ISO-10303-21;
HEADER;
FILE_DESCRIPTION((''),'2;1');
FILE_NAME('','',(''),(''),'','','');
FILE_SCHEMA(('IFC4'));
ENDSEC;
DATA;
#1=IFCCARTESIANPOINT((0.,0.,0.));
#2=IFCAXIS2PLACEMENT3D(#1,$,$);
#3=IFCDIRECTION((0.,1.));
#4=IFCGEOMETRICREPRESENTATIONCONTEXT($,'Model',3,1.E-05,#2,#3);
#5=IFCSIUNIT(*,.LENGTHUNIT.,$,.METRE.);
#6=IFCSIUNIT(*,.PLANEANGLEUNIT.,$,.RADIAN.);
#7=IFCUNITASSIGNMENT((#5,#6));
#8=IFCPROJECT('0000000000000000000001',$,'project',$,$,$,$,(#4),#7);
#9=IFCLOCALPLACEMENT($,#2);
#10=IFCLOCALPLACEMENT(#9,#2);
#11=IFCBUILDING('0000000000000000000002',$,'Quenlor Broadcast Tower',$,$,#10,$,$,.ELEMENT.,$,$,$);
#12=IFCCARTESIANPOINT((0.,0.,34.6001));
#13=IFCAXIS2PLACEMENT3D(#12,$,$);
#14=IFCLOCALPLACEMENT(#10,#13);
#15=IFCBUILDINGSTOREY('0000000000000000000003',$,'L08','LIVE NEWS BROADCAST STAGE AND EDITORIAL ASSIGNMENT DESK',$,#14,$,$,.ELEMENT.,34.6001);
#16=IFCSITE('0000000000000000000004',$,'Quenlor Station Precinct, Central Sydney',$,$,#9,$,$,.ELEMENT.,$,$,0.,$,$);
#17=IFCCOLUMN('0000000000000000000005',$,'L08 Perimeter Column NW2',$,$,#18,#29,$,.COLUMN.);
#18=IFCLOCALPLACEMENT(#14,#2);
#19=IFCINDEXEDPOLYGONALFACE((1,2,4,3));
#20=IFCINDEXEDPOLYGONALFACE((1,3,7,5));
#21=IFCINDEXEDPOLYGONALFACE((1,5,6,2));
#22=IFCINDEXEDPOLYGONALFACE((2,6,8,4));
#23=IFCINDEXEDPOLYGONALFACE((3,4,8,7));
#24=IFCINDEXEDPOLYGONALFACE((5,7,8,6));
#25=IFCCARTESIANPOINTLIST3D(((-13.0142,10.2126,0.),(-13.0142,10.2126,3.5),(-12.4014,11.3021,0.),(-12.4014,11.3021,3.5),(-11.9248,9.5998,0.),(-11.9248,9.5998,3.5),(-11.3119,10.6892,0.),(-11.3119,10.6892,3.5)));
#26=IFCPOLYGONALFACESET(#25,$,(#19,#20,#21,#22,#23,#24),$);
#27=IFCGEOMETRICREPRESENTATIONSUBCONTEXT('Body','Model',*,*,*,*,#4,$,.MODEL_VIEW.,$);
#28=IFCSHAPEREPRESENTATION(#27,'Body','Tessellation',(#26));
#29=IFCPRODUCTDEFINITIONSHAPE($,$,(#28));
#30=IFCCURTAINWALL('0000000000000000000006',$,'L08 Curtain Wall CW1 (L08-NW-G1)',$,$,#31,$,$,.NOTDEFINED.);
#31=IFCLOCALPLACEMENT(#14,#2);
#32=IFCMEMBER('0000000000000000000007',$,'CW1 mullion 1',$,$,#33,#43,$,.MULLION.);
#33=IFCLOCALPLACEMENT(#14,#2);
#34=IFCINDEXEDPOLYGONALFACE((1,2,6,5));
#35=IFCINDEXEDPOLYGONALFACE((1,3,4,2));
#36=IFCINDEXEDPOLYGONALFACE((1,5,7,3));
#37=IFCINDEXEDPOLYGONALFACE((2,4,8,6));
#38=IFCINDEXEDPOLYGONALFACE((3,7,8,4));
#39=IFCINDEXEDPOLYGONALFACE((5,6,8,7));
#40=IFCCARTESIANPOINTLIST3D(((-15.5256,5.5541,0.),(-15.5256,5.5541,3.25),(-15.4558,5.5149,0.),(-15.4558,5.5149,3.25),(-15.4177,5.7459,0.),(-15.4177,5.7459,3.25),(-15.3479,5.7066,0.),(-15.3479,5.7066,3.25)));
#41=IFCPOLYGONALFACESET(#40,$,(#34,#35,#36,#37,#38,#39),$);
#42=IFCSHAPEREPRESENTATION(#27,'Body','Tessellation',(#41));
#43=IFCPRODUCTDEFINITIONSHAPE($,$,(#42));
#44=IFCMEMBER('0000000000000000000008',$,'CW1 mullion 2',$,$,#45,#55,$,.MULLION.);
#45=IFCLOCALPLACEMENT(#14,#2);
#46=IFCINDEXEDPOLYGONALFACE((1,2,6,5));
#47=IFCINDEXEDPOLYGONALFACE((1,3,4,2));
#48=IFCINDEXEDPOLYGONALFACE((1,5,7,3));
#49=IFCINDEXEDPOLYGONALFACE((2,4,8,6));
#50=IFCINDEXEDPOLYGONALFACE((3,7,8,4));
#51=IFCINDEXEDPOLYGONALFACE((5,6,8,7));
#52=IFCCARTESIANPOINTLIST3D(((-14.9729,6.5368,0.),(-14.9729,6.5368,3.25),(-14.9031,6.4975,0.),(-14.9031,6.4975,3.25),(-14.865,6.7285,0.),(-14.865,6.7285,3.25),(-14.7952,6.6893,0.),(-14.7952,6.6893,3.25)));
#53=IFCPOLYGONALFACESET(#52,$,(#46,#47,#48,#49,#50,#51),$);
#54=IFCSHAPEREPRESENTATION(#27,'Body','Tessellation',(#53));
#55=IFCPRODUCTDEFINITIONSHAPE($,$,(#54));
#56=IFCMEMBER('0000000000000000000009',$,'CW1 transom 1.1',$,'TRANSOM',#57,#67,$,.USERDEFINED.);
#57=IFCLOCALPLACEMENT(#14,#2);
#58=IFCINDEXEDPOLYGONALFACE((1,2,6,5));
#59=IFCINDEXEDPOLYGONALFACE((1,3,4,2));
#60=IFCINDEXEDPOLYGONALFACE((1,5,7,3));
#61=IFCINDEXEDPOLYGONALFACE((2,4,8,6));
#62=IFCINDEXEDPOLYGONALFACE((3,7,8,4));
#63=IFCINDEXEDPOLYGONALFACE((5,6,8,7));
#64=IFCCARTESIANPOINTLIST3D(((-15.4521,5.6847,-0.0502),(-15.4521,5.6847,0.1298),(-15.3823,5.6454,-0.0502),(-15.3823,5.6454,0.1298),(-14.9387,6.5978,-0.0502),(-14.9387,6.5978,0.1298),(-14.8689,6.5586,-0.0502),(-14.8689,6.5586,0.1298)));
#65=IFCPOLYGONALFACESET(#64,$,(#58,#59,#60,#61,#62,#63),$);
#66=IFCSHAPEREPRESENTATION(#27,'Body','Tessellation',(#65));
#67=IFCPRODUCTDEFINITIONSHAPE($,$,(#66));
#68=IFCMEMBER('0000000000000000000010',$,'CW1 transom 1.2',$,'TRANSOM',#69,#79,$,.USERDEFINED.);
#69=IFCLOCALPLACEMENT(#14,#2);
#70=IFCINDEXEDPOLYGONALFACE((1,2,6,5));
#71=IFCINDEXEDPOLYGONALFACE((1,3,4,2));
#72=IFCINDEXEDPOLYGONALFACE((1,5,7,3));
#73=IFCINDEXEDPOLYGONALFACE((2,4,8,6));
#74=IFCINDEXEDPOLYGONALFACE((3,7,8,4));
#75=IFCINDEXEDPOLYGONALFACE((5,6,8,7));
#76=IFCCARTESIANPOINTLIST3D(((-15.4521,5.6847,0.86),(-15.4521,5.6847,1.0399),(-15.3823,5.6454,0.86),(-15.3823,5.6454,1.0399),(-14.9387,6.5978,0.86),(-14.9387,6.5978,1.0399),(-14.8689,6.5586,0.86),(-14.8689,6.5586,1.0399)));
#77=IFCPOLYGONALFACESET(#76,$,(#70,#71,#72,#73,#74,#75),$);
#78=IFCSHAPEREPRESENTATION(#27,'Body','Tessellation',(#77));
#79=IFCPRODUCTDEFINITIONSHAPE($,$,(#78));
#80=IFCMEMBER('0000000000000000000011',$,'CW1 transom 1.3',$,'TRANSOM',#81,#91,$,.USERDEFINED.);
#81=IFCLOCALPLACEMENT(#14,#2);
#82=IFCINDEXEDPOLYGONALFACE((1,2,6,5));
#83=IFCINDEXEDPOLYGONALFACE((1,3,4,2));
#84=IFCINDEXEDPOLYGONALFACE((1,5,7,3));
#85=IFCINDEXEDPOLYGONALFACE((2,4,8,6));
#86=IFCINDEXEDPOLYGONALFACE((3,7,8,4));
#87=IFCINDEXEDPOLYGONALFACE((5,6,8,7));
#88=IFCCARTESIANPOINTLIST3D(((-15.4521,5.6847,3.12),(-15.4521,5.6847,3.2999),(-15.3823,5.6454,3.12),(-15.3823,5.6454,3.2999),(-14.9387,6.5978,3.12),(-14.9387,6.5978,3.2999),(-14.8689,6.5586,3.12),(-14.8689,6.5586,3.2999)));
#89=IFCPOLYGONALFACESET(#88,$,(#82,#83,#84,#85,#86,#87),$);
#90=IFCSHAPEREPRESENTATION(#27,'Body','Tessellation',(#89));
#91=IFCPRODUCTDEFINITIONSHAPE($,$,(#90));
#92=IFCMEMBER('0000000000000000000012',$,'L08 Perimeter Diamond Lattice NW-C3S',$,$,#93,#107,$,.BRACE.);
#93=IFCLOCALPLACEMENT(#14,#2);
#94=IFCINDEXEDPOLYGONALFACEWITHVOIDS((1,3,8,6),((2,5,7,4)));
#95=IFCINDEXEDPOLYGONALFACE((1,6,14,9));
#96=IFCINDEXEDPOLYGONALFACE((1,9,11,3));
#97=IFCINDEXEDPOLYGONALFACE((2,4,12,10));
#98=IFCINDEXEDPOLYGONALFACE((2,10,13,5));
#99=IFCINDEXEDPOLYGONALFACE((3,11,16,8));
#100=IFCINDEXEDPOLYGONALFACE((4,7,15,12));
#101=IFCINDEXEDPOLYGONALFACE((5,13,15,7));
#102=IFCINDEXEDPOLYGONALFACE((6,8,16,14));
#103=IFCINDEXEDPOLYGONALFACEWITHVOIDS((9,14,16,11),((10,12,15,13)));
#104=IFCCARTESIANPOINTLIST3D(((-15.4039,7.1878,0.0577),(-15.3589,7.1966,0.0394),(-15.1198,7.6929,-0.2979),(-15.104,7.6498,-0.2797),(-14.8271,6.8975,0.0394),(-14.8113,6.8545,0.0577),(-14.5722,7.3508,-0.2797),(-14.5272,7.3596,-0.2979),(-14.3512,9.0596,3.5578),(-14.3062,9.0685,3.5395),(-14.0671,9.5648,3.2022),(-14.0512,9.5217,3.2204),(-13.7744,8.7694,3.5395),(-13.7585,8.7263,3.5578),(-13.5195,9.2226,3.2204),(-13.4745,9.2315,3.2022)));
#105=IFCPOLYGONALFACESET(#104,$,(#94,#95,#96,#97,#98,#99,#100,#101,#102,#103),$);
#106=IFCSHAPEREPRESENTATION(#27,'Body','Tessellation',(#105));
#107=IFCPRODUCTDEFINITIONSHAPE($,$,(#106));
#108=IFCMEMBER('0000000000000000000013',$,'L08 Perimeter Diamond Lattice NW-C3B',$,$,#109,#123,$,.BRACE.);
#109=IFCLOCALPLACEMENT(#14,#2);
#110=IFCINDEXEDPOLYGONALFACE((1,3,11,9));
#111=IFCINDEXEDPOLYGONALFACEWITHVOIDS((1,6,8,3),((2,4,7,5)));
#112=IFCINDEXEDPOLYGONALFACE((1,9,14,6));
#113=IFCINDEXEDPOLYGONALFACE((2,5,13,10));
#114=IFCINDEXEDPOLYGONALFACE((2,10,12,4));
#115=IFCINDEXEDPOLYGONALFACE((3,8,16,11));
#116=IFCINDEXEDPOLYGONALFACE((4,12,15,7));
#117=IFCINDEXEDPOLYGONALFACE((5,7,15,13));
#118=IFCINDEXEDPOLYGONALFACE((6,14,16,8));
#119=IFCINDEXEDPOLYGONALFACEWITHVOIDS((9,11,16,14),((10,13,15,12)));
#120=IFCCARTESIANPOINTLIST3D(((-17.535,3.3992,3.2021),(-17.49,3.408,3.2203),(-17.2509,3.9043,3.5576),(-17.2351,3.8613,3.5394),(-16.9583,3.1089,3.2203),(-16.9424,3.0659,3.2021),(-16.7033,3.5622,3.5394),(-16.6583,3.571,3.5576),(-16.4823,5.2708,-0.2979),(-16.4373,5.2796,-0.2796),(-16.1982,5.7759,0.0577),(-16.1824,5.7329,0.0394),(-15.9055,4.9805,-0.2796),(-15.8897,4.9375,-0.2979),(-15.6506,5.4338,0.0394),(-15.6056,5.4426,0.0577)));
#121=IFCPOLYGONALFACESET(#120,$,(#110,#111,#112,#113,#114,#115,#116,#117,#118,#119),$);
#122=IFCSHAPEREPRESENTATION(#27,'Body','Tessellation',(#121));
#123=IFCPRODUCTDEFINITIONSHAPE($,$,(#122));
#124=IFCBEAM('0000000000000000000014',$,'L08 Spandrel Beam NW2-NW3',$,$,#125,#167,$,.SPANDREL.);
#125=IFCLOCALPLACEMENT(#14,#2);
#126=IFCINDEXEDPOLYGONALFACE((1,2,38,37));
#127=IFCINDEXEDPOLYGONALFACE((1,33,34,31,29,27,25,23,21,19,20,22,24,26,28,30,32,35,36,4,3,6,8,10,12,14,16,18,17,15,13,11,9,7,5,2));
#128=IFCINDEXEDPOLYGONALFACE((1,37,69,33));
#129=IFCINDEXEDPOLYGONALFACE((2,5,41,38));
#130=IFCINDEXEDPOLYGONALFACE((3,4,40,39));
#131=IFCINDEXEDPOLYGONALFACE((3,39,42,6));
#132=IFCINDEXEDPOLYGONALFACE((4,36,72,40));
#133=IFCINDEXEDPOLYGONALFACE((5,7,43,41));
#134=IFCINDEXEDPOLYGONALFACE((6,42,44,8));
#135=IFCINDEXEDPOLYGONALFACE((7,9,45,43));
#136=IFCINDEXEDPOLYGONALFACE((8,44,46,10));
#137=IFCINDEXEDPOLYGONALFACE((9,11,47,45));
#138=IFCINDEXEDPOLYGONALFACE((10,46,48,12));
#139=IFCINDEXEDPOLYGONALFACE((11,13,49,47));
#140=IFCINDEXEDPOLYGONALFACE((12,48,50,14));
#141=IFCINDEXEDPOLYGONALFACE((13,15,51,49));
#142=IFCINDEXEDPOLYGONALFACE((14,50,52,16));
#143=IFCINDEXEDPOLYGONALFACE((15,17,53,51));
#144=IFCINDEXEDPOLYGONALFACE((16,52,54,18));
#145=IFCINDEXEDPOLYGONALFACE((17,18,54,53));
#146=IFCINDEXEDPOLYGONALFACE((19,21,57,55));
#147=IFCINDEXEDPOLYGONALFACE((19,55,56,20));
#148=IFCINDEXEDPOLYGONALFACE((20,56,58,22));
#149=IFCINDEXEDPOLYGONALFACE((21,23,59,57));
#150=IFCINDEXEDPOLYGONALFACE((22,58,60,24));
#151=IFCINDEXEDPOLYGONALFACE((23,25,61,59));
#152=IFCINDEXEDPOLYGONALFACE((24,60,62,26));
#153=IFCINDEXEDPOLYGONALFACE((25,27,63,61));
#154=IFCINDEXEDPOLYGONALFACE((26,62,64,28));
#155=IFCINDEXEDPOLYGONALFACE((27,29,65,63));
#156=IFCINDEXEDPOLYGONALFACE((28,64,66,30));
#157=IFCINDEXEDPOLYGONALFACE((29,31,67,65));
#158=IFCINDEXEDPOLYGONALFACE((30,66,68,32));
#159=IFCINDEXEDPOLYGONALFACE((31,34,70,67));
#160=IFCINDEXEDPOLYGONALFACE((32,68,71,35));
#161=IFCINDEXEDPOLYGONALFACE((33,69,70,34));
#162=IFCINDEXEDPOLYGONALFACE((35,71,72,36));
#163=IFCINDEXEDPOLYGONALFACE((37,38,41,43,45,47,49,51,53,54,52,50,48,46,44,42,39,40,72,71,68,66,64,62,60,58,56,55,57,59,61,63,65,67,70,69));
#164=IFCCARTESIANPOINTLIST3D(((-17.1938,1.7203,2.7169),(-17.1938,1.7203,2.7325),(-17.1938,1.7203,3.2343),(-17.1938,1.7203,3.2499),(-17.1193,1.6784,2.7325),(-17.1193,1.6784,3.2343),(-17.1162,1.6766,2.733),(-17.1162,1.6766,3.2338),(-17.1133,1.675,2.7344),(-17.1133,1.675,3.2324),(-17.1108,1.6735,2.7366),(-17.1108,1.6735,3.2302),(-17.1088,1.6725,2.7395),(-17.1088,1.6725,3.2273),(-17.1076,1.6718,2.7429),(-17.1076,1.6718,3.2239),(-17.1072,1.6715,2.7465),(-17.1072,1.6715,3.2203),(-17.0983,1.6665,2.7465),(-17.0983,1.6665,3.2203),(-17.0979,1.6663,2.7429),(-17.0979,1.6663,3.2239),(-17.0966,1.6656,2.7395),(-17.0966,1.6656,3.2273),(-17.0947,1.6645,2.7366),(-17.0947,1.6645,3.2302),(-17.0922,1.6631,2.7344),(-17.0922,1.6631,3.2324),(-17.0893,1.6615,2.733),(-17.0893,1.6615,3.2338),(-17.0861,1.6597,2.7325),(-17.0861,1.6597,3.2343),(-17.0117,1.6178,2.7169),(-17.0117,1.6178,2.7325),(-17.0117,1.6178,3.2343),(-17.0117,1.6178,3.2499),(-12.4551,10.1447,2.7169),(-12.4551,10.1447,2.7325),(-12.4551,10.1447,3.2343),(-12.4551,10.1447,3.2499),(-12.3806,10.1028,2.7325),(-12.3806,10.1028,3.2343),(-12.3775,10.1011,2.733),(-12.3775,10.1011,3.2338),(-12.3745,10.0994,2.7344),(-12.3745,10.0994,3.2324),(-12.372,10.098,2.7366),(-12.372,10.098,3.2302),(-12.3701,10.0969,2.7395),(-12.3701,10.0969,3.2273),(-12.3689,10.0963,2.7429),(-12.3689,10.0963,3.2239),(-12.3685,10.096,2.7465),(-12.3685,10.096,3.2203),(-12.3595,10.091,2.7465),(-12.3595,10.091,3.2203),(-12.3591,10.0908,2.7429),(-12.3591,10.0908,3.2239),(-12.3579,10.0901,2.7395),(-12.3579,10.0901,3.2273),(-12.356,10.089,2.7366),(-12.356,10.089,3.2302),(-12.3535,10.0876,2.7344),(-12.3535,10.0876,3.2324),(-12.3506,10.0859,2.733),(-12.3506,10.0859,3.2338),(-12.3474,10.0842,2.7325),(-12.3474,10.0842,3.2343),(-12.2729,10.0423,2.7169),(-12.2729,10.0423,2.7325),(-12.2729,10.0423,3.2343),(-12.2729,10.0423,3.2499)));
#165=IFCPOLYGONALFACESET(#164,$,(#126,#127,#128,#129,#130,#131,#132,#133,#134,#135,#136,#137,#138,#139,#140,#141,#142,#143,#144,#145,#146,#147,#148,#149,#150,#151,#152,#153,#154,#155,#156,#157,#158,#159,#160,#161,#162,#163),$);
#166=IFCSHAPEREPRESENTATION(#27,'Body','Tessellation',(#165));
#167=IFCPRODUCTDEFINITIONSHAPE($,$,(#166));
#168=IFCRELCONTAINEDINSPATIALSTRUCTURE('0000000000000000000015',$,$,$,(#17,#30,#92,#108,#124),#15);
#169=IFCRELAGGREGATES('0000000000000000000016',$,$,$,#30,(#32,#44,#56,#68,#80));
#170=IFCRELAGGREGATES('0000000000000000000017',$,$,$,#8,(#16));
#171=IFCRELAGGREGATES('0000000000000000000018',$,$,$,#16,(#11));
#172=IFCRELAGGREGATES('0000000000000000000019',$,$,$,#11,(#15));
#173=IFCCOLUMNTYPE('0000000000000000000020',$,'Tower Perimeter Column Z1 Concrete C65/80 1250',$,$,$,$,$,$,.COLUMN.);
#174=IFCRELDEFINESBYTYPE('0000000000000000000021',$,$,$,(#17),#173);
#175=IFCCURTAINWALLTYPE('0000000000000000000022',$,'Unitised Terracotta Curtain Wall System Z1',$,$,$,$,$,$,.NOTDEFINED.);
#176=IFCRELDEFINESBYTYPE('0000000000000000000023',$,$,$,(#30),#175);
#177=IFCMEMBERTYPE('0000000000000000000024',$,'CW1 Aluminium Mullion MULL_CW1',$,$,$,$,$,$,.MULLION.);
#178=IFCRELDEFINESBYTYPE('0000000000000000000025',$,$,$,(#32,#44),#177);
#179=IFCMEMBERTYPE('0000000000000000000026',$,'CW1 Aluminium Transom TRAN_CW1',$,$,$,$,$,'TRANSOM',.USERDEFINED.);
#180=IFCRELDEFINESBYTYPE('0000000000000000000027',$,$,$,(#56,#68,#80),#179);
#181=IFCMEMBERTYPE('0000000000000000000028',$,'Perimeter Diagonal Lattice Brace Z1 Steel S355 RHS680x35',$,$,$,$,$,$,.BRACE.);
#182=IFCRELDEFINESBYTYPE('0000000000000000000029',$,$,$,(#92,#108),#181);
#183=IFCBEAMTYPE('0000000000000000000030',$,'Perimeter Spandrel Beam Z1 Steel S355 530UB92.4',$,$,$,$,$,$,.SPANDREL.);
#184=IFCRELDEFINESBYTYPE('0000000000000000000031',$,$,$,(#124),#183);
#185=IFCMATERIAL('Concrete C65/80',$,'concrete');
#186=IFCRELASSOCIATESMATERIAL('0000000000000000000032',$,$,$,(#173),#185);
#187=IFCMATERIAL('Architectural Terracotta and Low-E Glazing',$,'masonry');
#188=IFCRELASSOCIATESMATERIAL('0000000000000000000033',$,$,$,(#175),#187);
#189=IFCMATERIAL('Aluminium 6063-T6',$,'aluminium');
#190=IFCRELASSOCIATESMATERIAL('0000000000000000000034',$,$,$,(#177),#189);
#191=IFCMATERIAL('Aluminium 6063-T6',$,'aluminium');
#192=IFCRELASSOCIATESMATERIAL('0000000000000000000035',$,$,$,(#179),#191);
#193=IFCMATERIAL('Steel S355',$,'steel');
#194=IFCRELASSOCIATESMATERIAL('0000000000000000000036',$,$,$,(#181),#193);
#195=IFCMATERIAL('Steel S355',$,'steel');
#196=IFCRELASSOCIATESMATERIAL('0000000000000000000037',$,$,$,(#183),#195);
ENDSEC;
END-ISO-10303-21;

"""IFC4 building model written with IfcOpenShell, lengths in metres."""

from ifc_helpers import new_model, si_unit, direction, frame, origin, origin_2d, place, context, subcontext, project, spatial, rectangle, hollow_rectangle, i_section, extrude, material, material_profile, profile_set, type_object, element, aggregate, save


model = new_model("IFC4")

# Units and contexts
model_context = context("Model", 3, precision=1e-05, world=origin(), true_north=direction((0.0, 1.0)))
body_context = subcontext(model_context, "Body", "Model", "MODEL_VIEW")
ifc_project = project(units=[si_unit("LENGTHUNIT", "METRE"), si_unit("PLANEANGLEUNIT", "RADIAN")], contexts=[model_context])

# Site, building, storey
site_placement = place(None, origin())
site = spatial("IfcSite", under=ifc_project, at=site_placement, Name="Quenlor Station Precinct, Central Sydney", CompositionType="ELEMENT", RefElevation=0.0)
building_placement = place(site_placement, origin())
building = spatial("IfcBuilding", under=site, at=building_placement, Name="Quenlor Broadcast Tower", CompositionType="ELEMENT")
storey_placement = place(building_placement, frame((0.0, 0.0, 34.6001)))
storey = spatial("IfcBuildingStorey", under=building, at=storey_placement, Name="L08", Description="LIVE NEWS BROADCAST STAGE AND EDITORIAL ASSIGNMENT DESK", CompositionType="ELEMENT", Elevation=34.6001)

# Column
ifc_material_1 = material(Name="Concrete C65/80", Category="concrete")
ifc_material_profile_1 = material_profile(ifc_material_1, rectangle(XDim=1.25, YDim=1.25, at=origin_2d()))
ifc_profile_set_1 = profile_set([ifc_material_profile_1], Name="Concrete C65/80 RC1250x1250")
column_type = type_object("IfcColumnType", Name="Tower Perimeter Column Z1 Concrete C65/80 1250", PredefinedType="COLUMN", material=ifc_profile_set_1)
column_placement = place(storey_placement, frame((-12.1631, 10.4509, 0.0), z_axis=(0.0, 0.0, 1.0), x_axis=(-0.871575, 0.490262, 0.0)))
element("IfcColumn", 1, at=column_placement, inside=storey, type_object=column_type, Name="L08 Perimeter Column NW2", PredefinedType="COLUMN", context=body_context, shape_type="SweptSolid", body=[
    extrude(rectangle(XDim=1.25, YDim=1.25, at=origin_2d()), origin(), (0.0, 0.0, 1.0), 3.5),
])

# Curtain wall, members
ifc_material_2 = material(Name="Architectural Terracotta and Low-E Glazing", Category="masonry")
curtain_wall_type = type_object("IfcCurtainWallType", Name="Unitised Terracotta Curtain Wall System Z1", PredefinedType="NOTDEFINED", material=ifc_material_2)
curtain_wall_placement = place(storey_placement, origin())
curtain_wall = element("IfcCurtainWall", 2, at=curtain_wall_placement, inside=storey, type_object=curtain_wall_type, Name="L08 Curtain Wall CW1 (L08-NW-G1)", PredefinedType="NOTDEFINED")
ifc_material_3 = material(Name="Aluminium 6063-T6", Category="aluminium")
ifc_material_profile_2 = material_profile(ifc_material_3, rectangle(XDim=0.0801, YDim=0.22, at=origin_2d()))
ifc_profile_set_2 = profile_set([ifc_material_profile_2], Name="Aluminium 6063-T6 MULL80x220")
member_type_1 = type_object("IfcMemberType", Name="CW1 Aluminium Mullion MULL_CW1", PredefinedType="MULLION", material=ifc_profile_set_2)
member_1_placement = place(storey_placement, frame((-15.4368, 5.6304, 0.0), z_axis=(0.0, 0.0, 1.0), x_axis=(-0.871567, 0.490277, 0.0)))
member_1 = element("IfcMember", 3, at=member_1_placement, type_object=member_type_1, Name="CW1 mullion 1", PredefinedType="MULLION", context=body_context, shape_type="SweptSolid", body=[
    extrude(rectangle(XDim=0.0801, YDim=0.22, at=origin_2d()), origin(), (0.0, 0.0, 1.0), 3.25),
])
member_2_placement = place(storey_placement, frame((-14.884, 6.613, 0.0), z_axis=(0.0, 0.0, 1.0), x_axis=(-0.871567, 0.490277, 0.0)))
member_2 = element("IfcMember", 4, at=member_2_placement, type_object=member_type_1, Name="CW1 mullion 2", PredefinedType="MULLION", context=body_context, shape_type="SweptSolid", body=[
    extrude(rectangle(XDim=0.0801, YDim=0.22, at=origin_2d()), origin(), (0.0, 0.0, 1.0), 3.25),
])
ifc_material_4 = material(Name="Aluminium 6063-T6", Category="aluminium")
ifc_material_profile_3 = material_profile(ifc_material_4, rectangle(XDim=0.0801, YDim=0.1799, at=origin_2d()))
ifc_profile_set_3 = profile_set([ifc_material_profile_3], Name="Aluminium 6063-T6 TRAN80x180")
member_type_2 = type_object("IfcMemberType", Name="CW1 Aluminium Transom TRAN_CW1", ElementType="TRANSOM", PredefinedType="USERDEFINED", material=ifc_profile_set_3)
member_3_placement = place(storey_placement, frame((-15.4172, 5.665, 0.0398), z_axis=(0.490128, 0.87165, 0.0), x_axis=(-0.87165, 0.490128, 0.0)))
member_3 = element("IfcMember", 5, at=member_3_placement, type_object=member_type_2, Name="CW1 transom 1.1", ObjectType="TRANSOM", PredefinedType="USERDEFINED", context=body_context, shape_type="SweptSolid", body=[
    extrude(rectangle(XDim=0.0801, YDim=0.1799, at=origin_2d()), origin(), (0.0, 0.0, 1.0), 1.0476),
])
member_4_placement = place(storey_placement, frame((-15.4172, 5.665, 0.95), z_axis=(0.490128, 0.87165, 0.0), x_axis=(-0.87165, 0.490128, 0.0)))
member_4 = element("IfcMember", 6, at=member_4_placement, type_object=member_type_2, Name="CW1 transom 1.2", ObjectType="TRANSOM", PredefinedType="USERDEFINED", context=body_context, shape_type="SweptSolid", body=[
    extrude(rectangle(XDim=0.0801, YDim=0.1799, at=origin_2d()), origin(), (0.0, 0.0, 1.0), 1.0476),
])
member_5_placement = place(storey_placement, frame((-15.4172, 5.665, 3.21), z_axis=(0.490128, 0.87165, 0.0), x_axis=(-0.87165, 0.490128, 0.0)))
member_5 = element("IfcMember", 7, at=member_5_placement, type_object=member_type_2, Name="CW1 transom 1.3", ObjectType="TRANSOM", PredefinedType="USERDEFINED", context=body_context, shape_type="SweptSolid", body=[
    extrude(rectangle(XDim=0.0801, YDim=0.1799, at=origin_2d()), origin(), (0.0, 0.0, 1.0), 1.0476),
])

# Members
ifc_material_5 = material(Name="Steel S355", Category="steel")
ifc_material_profile_4 = material_profile(ifc_material_5, hollow_rectangle(XDim=0.6799, YDim=0.6799, WallThickness=0.0349, at=origin_2d()))
ifc_profile_set_4 = profile_set([ifc_material_profile_4], Name="Steel S355 RHS680x680x35")
member_type_3 = type_object("IfcMemberType", Name="Perimeter Diagonal Lattice Brace Z1 Steel S355 RHS680x35", PredefinedType="BRACE", material=ifc_profile_set_4)
member_6_placement = place(storey_placement, frame((-14.9656, 7.2737, -0.1201), z_axis=(0.256368, 0.455839, 0.852342), x_axis=(-0.871609, 0.490202, 0.0)))
element("IfcMember", 8, at=member_6_placement, inside=storey, type_object=member_type_3, Name="L08 Perimeter Diamond Lattice NW-C3S", PredefinedType="BRACE", context=body_context, shape_type="SweptSolid", body=[
    extrude(hollow_rectangle(XDim=0.6799, YDim=0.6799, WallThickness=0.0349, at=origin_2d()), origin(), (0.0, 0.0, 1.0), 4.1064),
])
member_7_placement = place(storey_placement, frame((-16.0439, 5.3567, -0.1201), z_axis=(-0.256375, -0.455792, 0.852365), x_axis=(0.871582, -0.49025, 0.0)))
element("IfcMember", 9, at=member_7_placement, inside=storey, type_object=member_type_3, Name="L08 Perimeter Diamond Lattice NW-C3B", PredefinedType="BRACE", context=body_context, shape_type="SweptSolid", body=[
    extrude(hollow_rectangle(XDim=0.6799, YDim=0.6799, WallThickness=0.0349, at=origin_2d()), origin(), (0.0, 0.0, 1.0), 4.1062),
])

# Beam
ifc_material_6 = material(Name="Steel S355", Category="steel")
ifc_material_profile_5 = material_profile(ifc_material_6, i_section(OverallWidth=0.209, OverallDepth=0.533, WebThickness=0.0103, FlangeThickness=0.0156, FilletRadius=0.0139, at=origin_2d()))
ifc_profile_set_5 = profile_set([ifc_material_profile_5], Name="Steel S355 530UB92.4")
beam_type_1 = type_object("IfcBeamType", Name="Perimeter Spandrel Beam Z1 Steel S355 530UB92.4", PredefinedType="SPANDREL", material=ifc_profile_set_5)
beam_1_placement = place(storey_placement, frame((-12.364, 10.0935, 2.9834), z_axis=(-0.490258, -0.871578, 0.0), x_axis=(0.871578, -0.490258, 0.0)))
element("IfcBeam", 10, at=beam_1_placement, inside=storey, type_object=beam_type_1, Name="L08 Spandrel Beam NW2-NW3", PredefinedType="SPANDREL", context=body_context, shape_type="SweptSolid", body=[
    extrude(i_section(OverallWidth=0.209, OverallDepth=0.533, WebThickness=0.0103, FlangeThickness=0.0156, FilletRadius=0.0139, at=origin_2d()), origin(), (0.0, 0.0, 1.0), 9.6658),
])

aggregate(curtain_wall, [member_1, member_2, member_3, member_4, member_5])

save(model, "model.ifc")
